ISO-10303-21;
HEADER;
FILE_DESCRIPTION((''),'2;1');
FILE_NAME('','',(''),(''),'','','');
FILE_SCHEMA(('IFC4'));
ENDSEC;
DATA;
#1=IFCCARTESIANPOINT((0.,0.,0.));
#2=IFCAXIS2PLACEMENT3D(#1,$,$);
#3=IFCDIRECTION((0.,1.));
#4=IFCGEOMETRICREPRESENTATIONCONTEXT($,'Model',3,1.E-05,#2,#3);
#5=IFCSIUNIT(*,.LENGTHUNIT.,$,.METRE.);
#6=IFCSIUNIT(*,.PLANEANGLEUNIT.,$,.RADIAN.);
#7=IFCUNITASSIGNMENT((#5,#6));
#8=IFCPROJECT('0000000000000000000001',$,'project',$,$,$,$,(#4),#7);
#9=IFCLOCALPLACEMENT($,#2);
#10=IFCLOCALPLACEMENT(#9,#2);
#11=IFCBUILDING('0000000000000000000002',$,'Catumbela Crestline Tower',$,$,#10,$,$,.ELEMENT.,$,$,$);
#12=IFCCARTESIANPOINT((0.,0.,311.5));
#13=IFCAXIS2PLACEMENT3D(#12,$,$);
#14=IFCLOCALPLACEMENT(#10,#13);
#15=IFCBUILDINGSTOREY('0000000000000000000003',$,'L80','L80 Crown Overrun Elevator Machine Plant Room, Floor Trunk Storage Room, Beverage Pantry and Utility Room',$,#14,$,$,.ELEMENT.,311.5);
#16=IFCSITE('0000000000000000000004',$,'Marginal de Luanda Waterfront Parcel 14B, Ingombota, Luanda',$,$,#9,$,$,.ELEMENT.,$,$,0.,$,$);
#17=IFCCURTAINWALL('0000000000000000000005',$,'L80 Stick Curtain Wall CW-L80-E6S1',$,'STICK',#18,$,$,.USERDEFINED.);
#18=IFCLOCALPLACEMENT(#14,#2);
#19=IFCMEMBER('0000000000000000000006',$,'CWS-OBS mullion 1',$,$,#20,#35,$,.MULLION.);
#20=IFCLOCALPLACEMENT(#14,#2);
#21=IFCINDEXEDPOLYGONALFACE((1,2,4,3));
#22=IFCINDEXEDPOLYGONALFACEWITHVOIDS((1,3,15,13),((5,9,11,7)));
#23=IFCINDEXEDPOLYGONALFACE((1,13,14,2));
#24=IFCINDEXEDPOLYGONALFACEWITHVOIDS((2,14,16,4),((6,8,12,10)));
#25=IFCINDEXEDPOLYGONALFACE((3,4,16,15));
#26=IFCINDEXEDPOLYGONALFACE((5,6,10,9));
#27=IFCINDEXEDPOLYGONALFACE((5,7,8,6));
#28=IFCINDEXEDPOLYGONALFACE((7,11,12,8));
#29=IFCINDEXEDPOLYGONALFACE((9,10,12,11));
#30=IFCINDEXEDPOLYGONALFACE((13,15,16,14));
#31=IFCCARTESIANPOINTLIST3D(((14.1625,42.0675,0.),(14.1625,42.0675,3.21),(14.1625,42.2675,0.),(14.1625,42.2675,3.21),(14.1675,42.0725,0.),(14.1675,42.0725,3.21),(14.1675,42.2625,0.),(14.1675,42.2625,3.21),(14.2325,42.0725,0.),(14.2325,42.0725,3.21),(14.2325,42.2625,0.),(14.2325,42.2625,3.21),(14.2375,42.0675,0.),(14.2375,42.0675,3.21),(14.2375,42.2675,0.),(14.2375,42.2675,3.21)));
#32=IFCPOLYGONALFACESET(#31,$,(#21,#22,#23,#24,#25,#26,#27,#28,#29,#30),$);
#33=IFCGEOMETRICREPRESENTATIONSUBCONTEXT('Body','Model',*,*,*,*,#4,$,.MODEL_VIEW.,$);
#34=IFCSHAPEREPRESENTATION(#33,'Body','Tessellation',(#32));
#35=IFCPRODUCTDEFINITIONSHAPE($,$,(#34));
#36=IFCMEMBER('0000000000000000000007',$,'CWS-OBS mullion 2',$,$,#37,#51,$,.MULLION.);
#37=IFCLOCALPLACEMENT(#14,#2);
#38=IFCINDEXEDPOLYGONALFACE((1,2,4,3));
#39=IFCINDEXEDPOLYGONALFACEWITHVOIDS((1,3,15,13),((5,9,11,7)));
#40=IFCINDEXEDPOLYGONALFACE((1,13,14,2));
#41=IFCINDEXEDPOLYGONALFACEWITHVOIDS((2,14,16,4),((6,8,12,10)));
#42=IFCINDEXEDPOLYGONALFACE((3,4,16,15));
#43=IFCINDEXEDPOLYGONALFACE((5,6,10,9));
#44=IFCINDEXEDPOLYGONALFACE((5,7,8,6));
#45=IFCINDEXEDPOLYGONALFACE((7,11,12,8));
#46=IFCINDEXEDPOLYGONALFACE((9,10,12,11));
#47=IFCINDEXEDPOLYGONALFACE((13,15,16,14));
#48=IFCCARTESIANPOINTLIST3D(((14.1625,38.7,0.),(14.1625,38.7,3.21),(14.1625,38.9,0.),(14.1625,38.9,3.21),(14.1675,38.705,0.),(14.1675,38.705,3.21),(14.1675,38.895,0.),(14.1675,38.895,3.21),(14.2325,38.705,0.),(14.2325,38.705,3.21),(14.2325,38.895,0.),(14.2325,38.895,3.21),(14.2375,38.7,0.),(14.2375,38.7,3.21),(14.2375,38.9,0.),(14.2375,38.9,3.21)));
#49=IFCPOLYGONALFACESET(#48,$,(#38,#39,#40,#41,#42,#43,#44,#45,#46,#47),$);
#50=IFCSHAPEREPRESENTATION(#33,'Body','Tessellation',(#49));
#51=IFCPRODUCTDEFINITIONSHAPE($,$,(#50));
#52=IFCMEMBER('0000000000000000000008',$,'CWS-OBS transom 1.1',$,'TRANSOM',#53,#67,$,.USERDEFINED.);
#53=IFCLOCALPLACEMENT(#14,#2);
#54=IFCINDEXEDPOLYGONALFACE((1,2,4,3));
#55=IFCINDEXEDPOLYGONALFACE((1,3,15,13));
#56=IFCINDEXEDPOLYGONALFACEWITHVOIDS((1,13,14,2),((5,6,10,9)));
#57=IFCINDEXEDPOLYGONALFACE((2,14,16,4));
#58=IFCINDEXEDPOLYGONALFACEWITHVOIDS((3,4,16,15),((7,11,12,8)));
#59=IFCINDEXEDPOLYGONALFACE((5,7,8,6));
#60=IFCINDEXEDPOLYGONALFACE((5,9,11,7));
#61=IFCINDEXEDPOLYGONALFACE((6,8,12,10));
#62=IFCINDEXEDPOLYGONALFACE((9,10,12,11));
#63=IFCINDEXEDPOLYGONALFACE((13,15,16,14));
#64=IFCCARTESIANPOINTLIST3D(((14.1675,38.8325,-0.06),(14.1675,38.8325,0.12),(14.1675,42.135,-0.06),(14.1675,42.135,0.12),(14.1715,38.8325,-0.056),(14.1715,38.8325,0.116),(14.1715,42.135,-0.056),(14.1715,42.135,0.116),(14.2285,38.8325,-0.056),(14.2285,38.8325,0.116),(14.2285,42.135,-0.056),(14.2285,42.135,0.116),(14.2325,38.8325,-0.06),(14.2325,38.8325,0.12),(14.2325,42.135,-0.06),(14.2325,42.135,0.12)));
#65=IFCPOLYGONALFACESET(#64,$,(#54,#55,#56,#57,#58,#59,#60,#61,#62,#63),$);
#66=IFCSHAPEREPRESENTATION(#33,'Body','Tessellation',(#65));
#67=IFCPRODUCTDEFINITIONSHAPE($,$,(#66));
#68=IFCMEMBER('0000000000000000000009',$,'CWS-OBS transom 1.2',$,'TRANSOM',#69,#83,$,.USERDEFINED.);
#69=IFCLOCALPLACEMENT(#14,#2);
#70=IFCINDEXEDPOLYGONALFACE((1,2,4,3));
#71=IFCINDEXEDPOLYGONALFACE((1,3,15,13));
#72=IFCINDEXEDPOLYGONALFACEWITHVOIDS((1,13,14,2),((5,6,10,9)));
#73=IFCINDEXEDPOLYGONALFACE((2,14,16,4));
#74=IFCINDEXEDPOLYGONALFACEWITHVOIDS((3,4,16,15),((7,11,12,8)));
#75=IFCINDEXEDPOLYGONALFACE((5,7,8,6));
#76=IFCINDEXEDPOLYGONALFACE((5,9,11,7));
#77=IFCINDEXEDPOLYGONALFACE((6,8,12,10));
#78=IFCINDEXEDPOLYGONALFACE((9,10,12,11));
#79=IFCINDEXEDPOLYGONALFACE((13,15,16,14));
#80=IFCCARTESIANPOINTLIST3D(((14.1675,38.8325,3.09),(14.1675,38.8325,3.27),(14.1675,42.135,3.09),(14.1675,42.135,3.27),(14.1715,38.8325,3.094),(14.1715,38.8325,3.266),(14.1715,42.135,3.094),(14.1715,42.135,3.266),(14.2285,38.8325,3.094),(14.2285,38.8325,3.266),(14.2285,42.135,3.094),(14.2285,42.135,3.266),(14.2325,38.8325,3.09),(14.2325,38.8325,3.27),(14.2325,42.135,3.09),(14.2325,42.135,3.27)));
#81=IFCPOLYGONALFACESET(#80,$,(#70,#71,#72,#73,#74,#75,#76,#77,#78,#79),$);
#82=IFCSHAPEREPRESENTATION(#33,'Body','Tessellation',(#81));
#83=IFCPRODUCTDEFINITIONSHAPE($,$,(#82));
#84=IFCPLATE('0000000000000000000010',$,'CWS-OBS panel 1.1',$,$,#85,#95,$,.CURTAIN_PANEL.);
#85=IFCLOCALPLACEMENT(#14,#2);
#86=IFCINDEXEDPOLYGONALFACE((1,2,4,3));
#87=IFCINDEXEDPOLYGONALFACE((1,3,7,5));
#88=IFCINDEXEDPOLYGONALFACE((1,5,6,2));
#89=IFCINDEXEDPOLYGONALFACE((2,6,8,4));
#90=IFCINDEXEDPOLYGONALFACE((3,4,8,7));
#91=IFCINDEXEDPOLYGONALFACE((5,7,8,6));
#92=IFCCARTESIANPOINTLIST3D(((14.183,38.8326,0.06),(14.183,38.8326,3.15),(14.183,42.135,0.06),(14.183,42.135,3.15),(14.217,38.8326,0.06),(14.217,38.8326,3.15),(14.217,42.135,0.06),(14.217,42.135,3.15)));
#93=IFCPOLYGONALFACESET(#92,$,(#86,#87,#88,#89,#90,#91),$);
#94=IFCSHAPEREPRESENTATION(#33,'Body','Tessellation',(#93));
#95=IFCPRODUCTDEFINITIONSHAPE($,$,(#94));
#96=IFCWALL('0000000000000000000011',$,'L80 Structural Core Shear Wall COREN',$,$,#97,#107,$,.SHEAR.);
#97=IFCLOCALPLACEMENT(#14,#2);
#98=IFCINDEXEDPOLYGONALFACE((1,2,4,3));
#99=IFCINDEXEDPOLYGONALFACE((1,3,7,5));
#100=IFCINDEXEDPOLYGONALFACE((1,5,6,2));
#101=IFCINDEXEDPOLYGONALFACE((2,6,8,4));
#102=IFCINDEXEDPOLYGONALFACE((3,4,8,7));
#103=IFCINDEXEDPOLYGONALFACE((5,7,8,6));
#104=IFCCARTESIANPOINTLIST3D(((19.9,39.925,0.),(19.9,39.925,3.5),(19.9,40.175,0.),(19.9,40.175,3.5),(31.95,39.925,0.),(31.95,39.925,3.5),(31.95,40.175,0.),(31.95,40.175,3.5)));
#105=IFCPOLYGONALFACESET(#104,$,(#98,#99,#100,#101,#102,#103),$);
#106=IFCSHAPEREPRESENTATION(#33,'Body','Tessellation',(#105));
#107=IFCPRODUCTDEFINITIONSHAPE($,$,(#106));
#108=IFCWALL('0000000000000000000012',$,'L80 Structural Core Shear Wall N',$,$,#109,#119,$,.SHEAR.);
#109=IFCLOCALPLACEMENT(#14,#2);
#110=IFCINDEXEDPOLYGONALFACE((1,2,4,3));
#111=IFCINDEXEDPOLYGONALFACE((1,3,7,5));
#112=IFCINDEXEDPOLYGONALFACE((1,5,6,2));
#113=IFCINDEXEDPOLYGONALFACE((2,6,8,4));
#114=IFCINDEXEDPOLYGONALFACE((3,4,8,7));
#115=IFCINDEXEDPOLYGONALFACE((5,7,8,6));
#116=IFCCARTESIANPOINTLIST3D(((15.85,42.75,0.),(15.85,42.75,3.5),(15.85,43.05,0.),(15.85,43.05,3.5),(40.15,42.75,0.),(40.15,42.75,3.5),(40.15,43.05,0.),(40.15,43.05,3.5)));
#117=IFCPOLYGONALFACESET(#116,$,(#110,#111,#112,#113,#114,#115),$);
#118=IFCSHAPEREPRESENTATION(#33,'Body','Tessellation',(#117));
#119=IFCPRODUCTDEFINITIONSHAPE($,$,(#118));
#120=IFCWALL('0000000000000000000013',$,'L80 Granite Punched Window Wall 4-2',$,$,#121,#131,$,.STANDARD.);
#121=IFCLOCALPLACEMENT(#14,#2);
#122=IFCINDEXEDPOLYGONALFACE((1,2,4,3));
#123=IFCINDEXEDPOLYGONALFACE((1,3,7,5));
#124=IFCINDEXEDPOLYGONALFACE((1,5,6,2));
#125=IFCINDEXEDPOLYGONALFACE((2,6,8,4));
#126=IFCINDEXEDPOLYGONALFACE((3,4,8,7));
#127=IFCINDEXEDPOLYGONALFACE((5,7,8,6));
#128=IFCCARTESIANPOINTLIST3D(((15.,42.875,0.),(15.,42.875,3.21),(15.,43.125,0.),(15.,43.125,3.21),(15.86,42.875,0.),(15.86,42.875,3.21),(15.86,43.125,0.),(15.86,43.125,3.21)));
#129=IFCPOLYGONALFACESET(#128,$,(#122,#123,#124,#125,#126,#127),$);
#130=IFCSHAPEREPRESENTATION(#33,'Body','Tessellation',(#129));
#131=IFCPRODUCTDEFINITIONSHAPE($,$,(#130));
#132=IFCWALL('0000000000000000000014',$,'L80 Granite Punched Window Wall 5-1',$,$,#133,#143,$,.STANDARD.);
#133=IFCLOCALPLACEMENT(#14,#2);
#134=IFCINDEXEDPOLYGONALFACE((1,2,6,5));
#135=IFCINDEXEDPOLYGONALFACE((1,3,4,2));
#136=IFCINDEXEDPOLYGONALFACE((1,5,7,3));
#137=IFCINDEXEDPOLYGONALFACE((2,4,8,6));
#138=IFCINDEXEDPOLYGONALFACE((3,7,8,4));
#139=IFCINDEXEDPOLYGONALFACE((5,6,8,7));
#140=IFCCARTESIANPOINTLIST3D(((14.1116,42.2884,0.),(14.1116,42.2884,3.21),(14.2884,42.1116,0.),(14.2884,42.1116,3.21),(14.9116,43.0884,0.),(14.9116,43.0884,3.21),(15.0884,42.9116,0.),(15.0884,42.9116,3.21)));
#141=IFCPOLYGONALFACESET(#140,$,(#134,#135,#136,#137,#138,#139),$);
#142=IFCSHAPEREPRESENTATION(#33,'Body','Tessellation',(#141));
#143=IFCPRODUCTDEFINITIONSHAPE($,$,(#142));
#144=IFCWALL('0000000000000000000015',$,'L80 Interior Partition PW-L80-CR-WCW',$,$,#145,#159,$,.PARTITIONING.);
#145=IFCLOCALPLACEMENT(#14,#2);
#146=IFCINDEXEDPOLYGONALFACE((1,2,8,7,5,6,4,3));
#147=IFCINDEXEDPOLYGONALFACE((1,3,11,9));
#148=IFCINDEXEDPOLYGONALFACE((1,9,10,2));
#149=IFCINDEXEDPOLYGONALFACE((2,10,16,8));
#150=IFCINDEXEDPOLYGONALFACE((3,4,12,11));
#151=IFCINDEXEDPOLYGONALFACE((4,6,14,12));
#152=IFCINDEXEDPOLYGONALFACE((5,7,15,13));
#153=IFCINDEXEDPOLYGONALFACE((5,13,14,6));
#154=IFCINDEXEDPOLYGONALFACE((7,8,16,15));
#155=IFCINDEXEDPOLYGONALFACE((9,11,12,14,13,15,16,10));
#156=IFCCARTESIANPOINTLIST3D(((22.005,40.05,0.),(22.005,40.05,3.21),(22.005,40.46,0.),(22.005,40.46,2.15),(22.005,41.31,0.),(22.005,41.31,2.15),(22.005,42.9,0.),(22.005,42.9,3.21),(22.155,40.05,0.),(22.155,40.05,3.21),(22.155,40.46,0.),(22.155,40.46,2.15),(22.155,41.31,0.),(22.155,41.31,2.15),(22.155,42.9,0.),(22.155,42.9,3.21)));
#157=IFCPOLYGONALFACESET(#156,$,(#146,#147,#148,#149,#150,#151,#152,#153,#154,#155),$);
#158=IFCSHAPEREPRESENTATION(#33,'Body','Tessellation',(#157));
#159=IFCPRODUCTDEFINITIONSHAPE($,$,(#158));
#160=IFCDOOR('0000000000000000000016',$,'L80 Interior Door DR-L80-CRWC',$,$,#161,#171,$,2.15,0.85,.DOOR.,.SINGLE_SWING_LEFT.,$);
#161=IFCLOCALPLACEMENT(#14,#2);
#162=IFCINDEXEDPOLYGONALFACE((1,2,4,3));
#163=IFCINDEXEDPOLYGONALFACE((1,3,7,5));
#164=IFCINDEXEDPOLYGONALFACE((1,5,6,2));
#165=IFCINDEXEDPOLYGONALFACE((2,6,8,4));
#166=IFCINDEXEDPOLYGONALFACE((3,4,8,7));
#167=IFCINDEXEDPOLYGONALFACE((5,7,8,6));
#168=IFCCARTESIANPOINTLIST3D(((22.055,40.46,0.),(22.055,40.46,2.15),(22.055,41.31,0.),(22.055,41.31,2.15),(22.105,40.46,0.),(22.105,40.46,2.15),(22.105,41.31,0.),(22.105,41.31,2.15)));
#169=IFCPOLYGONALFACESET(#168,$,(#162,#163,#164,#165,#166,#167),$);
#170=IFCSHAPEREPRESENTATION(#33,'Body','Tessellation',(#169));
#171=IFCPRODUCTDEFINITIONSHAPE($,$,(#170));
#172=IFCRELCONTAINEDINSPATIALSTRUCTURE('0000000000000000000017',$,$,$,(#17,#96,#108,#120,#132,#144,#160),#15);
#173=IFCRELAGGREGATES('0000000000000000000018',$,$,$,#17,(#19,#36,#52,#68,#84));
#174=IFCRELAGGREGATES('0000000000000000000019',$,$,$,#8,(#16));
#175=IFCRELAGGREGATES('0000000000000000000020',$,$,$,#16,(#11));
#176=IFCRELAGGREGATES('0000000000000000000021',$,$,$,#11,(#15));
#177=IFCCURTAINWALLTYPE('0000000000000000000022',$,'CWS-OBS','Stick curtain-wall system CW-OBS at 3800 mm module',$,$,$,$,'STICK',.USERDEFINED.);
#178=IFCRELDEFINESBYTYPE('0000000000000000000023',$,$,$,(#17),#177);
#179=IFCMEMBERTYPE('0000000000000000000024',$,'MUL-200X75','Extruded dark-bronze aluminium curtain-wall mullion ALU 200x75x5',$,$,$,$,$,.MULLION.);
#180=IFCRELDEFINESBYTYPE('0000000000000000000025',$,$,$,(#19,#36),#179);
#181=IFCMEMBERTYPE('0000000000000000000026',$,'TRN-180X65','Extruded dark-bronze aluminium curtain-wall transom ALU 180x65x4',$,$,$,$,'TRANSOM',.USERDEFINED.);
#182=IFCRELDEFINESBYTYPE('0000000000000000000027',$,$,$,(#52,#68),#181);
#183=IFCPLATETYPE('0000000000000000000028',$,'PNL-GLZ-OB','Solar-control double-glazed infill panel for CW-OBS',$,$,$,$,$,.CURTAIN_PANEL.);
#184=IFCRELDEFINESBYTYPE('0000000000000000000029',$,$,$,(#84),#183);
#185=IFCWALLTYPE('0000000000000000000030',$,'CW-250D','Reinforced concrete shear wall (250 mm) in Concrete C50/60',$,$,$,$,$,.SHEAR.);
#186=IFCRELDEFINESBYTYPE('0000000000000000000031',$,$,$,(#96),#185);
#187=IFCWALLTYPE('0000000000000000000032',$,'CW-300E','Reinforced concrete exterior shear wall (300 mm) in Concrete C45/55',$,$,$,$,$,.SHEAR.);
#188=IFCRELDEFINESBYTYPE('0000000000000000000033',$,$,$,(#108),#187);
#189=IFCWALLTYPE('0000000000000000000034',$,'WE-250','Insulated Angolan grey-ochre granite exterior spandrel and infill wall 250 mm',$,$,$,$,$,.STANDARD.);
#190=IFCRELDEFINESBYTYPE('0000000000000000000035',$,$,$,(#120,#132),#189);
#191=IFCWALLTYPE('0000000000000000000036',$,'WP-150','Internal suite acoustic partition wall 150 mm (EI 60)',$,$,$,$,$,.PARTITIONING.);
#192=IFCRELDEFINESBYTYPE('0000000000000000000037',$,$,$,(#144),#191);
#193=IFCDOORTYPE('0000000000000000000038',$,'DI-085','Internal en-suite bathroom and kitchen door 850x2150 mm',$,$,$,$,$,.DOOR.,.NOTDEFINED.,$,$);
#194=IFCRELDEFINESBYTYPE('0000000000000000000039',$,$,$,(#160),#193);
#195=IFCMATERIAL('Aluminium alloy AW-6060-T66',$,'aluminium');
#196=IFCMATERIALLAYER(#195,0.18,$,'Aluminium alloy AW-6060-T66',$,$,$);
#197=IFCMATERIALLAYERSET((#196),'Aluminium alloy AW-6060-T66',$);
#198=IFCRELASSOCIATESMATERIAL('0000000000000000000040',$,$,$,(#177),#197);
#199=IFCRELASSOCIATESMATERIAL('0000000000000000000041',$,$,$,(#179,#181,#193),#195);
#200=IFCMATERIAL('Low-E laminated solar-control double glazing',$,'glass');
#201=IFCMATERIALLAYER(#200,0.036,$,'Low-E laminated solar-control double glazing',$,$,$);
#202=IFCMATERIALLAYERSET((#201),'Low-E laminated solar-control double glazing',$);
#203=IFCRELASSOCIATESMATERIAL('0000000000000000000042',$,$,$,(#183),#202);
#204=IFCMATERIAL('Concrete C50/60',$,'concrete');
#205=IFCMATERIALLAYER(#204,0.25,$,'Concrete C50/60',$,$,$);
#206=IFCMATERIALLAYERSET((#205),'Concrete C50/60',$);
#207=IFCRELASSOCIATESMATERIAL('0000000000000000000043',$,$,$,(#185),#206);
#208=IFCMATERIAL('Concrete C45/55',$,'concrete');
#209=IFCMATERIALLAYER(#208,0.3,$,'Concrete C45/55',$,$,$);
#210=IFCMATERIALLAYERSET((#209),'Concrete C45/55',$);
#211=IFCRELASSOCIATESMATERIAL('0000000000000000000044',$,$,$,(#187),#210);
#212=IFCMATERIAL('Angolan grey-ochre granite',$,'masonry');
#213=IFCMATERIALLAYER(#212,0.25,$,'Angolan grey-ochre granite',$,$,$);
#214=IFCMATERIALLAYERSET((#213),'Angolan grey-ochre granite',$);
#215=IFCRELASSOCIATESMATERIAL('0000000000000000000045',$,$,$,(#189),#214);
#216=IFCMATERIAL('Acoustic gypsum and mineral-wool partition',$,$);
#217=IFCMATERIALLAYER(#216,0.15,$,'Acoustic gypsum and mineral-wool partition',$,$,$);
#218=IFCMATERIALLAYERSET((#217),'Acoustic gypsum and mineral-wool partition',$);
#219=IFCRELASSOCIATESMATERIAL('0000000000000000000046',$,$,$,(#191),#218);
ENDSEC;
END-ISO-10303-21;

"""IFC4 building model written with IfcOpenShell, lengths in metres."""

from ifc_helpers import new_model, si_unit, direction, frame, frame_2d, origin, origin_2d, place, context, subcontext, project, spatial, rectangle, hollow_rectangle, extrude, material, layer, layer_set, material_profile, profile_set, type_object, element, fill, aggregate, save


model = new_model("IFC4")

# Units and contexts
model_context = context("Model", 3, precision=1e-05, world=origin(), true_north=direction((0.0, 1.0)))
body_context = subcontext(model_context, "Body", "Model", "MODEL_VIEW")
ifc_project = project(units=[si_unit("LENGTHUNIT", "METRE"), si_unit("PLANEANGLEUNIT", "RADIAN")], contexts=[model_context])

# Site, building, storey
site_placement = place(None, origin())
site = spatial("IfcSite", under=ifc_project, at=site_placement, Name="Marginal de Luanda Waterfront Parcel 14B, Ingombota, Luanda", CompositionType="ELEMENT", RefElevation=0.0)
building_placement = place(site_placement, origin())
building = spatial("IfcBuilding", under=site, at=building_placement, Name="Catumbela Crestline Tower", CompositionType="ELEMENT")
storey_placement = place(building_placement, frame((0.0, 0.0, 311.5)))
storey = spatial("IfcBuildingStorey", under=building, at=storey_placement, Name="L80", Description="L80 Crown Overrun Elevator Machine Plant Room, Floor Trunk Storage Room, Beverage Pantry and Utility Room", CompositionType="ELEMENT", Elevation=311.5)

# Curtain wall, members, plate
ifc_material_1 = material(Name="Aluminium alloy AW-6060-T66", Category="aluminium")
ifc_layer_1 = layer(ifc_material_1, 0.18, Name="Aluminium alloy AW-6060-T66")
ifc_layer_set_1 = layer_set([ifc_layer_1], Name="Aluminium alloy AW-6060-T66")
curtain_wall_type = type_object("IfcCurtainWallType", Name="CWS-OBS", Description="Stick curtain-wall system CW-OBS at 3800 mm module", ElementType="STICK", PredefinedType="USERDEFINED", material=ifc_layer_set_1)
curtain_wall_placement = place(storey_placement, origin())
curtain_wall = element("IfcCurtainWall", 1, at=curtain_wall_placement, inside=storey, type_object=curtain_wall_type, Name="L80 Stick Curtain Wall CW-L80-E6S1", ObjectType="STICK", PredefinedType="USERDEFINED")
ifc_material_profile_1 = material_profile(ifc_material_1, hollow_rectangle(XDim=0.075, YDim=0.2, WallThickness=0.005, at=origin_2d()), Name="ALU 200x75x5")
ifc_profile_set_1 = profile_set([ifc_material_profile_1], Name="Aluminium alloy AW-6060-T66")
member_type_1 = type_object("IfcMemberType", Name="MUL-200X75", Description="Extruded dark-bronze aluminium curtain-wall mullion ALU 200x75x5", PredefinedType="MULLION", material=ifc_profile_set_1)
member_1_placement = place(storey_placement, frame((14.2, 42.1675, 0.0), z_axis=(0.0, 0.0, 1.0), x_axis=(1.0, 0.0, 0.0)))
member_1 = element("IfcMember", 2, at=member_1_placement, type_object=member_type_1, Name="CWS-OBS mullion 1", PredefinedType="MULLION", context=body_context, shape_type="SweptSolid", body=[
    extrude(hollow_rectangle(XDim=0.075, YDim=0.2, WallThickness=0.005, at=origin_2d()), origin(), (0.0, 0.0, 1.0), 3.21),
])
member_2_placement = place(storey_placement, frame((14.2, 38.8, 0.0), z_axis=(0.0, 0.0, 1.0), x_axis=(1.0, 0.0, 0.0)))
member_2 = element("IfcMember", 3, at=member_2_placement, type_object=member_type_1, Name="CWS-OBS mullion 2", PredefinedType="MULLION", context=body_context, shape_type="SweptSolid", body=[
    extrude(hollow_rectangle(XDim=0.075, YDim=0.2, WallThickness=0.005, at=origin_2d()), origin(), (0.0, 0.0, 1.0), 3.21),
])
ifc_material_profile_2 = material_profile(ifc_material_1, hollow_rectangle(XDim=0.065, YDim=0.18, WallThickness=0.004, at=origin_2d()), Name="ALU 180x65x4")
ifc_profile_set_2 = profile_set([ifc_material_profile_2], Name="Aluminium alloy AW-6060-T66")
member_type_2 = type_object("IfcMemberType", Name="TRN-180X65", Description="Extruded dark-bronze aluminium curtain-wall transom ALU 180x65x4", ElementType="TRANSOM", PredefinedType="USERDEFINED", material=ifc_profile_set_2)
member_3_placement = place(storey_placement, frame((14.2, 42.135, 0.03), z_axis=(0.0, -1.0, 0.0), x_axis=(1.0, 0.0, 0.0)))
member_3 = element("IfcMember", 4, at=member_3_placement, type_object=member_type_2, Name="CWS-OBS transom 1.1", ObjectType="TRANSOM", PredefinedType="USERDEFINED", context=body_context, shape_type="SweptSolid", body=[
    extrude(hollow_rectangle(XDim=0.065, YDim=0.18, WallThickness=0.004, at=origin_2d()), origin(), (0.0, 0.0, 1.0), 3.3025),
])
member_4_placement = place(storey_placement, frame((14.2, 42.135, 3.18), z_axis=(0.0, -1.0, 0.0), x_axis=(1.0, 0.0, 0.0)))
member_4 = element("IfcMember", 5, at=member_4_placement, type_object=member_type_2, Name="CWS-OBS transom 1.2", ObjectType="TRANSOM", PredefinedType="USERDEFINED", context=body_context, shape_type="SweptSolid", body=[
    extrude(hollow_rectangle(XDim=0.065, YDim=0.18, WallThickness=0.004, at=origin_2d()), origin(), (0.0, 0.0, 1.0), 3.3025),
])
ifc_material_2 = material(Name="Low-E laminated solar-control double glazing", Category="glass")
ifc_layer_2 = layer(ifc_material_2, 0.036, Name="Low-E laminated solar-control double glazing")
ifc_layer_set_2 = layer_set([ifc_layer_2], Name="Low-E laminated solar-control double glazing")
plate_type = type_object("IfcPlateType", Name="PNL-GLZ-OB", Description="Solar-control double-glazed infill panel for CW-OBS", PredefinedType="CURTAIN_PANEL", material=ifc_layer_set_2)
plate_placement = place(storey_placement, frame((14.2, 40.4838, 0.06), z_axis=(0.0, 0.0, 1.0), x_axis=(0.0, -1.0, 0.0)))
plate = element("IfcPlate", 6, at=plate_placement, type_object=plate_type, Name="CWS-OBS panel 1.1", PredefinedType="CURTAIN_PANEL", context=body_context, shape_type="SweptSolid", body=[
    extrude(rectangle(XDim=3.3025, YDim=0.034, at=origin_2d()), origin(), (0.0, 0.0, 1.0), 3.09),
])
aggregate(curtain_wall, [member_1, member_2, member_3, member_4, plate])

# Walls
ifc_material_3 = material(Name="Concrete C50/60", Category="concrete")
ifc_layer_3 = layer(ifc_material_3, 0.25, Name="Concrete C50/60")
ifc_layer_set_3 = layer_set([ifc_layer_3], Name="Concrete C50/60")
wall_type_1 = type_object("IfcWallType", Name="CW-250D", Description="Reinforced concrete shear wall (250 mm) in Concrete C50/60", PredefinedType="SHEAR", material=ifc_layer_set_3)
wall_1_placement = place(storey_placement, frame((19.9, 40.05, 0.0), z_axis=(0.0, 0.0, 1.0), x_axis=(1.0, 0.0, 0.0)))
element("IfcWall", 7, at=wall_1_placement, inside=storey, type_object=wall_type_1, Name="L80 Structural Core Shear Wall COREN", PredefinedType="SHEAR", context=body_context, shape_type="SweptSolid", body=[
    extrude(rectangle(XDim=12.05, YDim=0.25, at=frame_2d((6.025, 0.0))), origin(), (0.0, 0.0, 1.0), 3.5),
])
ifc_material_4 = material(Name="Concrete C45/55", Category="concrete")
ifc_layer_4 = layer(ifc_material_4, 0.3, Name="Concrete C45/55")
ifc_layer_set_4 = layer_set([ifc_layer_4], Name="Concrete C45/55")
wall_type_2 = type_object("IfcWallType", Name="CW-300E", Description="Reinforced concrete exterior shear wall (300 mm) in Concrete C45/55", PredefinedType="SHEAR", material=ifc_layer_set_4)
wall_2_placement = place(storey_placement, frame((15.85, 42.9, 0.0), z_axis=(0.0, 0.0, 1.0), x_axis=(1.0, 0.0, 0.0)))
element("IfcWall", 8, at=wall_2_placement, inside=storey, type_object=wall_type_2, Name="L80 Structural Core Shear Wall N", PredefinedType="SHEAR", context=body_context, shape_type="SweptSolid", body=[
    extrude(rectangle(XDim=24.3, YDim=0.3, at=frame_2d((12.15, 0.0))), origin(), (0.0, 0.0, 1.0), 3.5),
])
ifc_material_5 = material(Name="Angolan grey-ochre granite", Category="masonry")
ifc_layer_5 = layer(ifc_material_5, 0.25, Name="Angolan grey-ochre granite")
ifc_layer_set_5 = layer_set([ifc_layer_5], Name="Angolan grey-ochre granite")
wall_type_3 = type_object("IfcWallType", Name="WE-250", Description="Insulated Angolan grey-ochre granite exterior spandrel and infill wall 250 mm", PredefinedType="STANDARD", material=ifc_layer_set_5)
wall_3_placement = place(storey_placement, frame((15.86, 43.0, 0.0), z_axis=(0.0, 0.0, 1.0), x_axis=(-1.0, 0.0, 0.0)))
element("IfcWall", 9, at=wall_3_placement, inside=storey, type_object=wall_type_3, Name="L80 Granite Punched Window Wall 4-2", PredefinedType="STANDARD", context=body_context, shape_type="SweptSolid", body=[
    extrude(rectangle(XDim=0.86, YDim=0.25, at=frame_2d((0.43, 0.0))), origin(), (0.0, 0.0, 1.0), 3.21),
])
wall_4_placement = place(storey_placement, frame((15.0, 43.0, 0.0), z_axis=(0.0, 0.0, 1.0), x_axis=(-0.707107, -0.707107, 0.0)))
element("IfcWall", 10, at=wall_4_placement, inside=storey, type_object=wall_type_3, Name="L80 Granite Punched Window Wall 5-1", PredefinedType="STANDARD", context=body_context, shape_type="SweptSolid", body=[
    extrude(rectangle(XDim=1.1314, YDim=0.25, at=frame_2d((0.5657, 0.0))), origin(), (0.0, 0.0, 1.0), 3.21),
])

# Wall, opening, door
ifc_material_6 = material(Name="Acoustic gypsum and mineral-wool partition")
ifc_layer_6 = layer(ifc_material_6, 0.15, Name="Acoustic gypsum and mineral-wool partition")
ifc_layer_set_6 = layer_set([ifc_layer_6], Name="Acoustic gypsum and mineral-wool partition")
wall_type_4 = type_object("IfcWallType", Name="WP-150", Description="Internal suite acoustic partition wall 150 mm (EI 60)", PredefinedType="PARTITIONING", material=ifc_layer_set_6)
wall_5_placement = place(storey_placement, frame((22.08, 40.05, 0.0), z_axis=(0.0, 0.0, 1.0), x_axis=(0.0, 1.0, 0.0)))
wall_5 = element("IfcWall", 11, at=wall_5_placement, inside=storey, type_object=wall_type_4, Name="L80 Interior Partition PW-L80-CR-WCW", PredefinedType="PARTITIONING", context=body_context, shape_type="SweptSolid", body=[
    extrude(rectangle(XDim=2.85, YDim=0.15, at=frame_2d((1.425, 0.0))), origin(), (0.0, 0.0, 1.0), 3.21),
])
opening_1_placement = place(wall_5_placement, frame((0.41, 0.0, 0.0)))
opening_1 = element("IfcOpeningElement", 12, at=opening_1_placement, cuts=wall_5, PredefinedType="OPENING", context=body_context, shape_type="SweptSolid", body=[
    extrude(rectangle(XDim=0.85, YDim=2.15, at=frame_2d((0.425, 1.075))), frame((0.0, 0.085, 0.0), z_axis=(0.0, -1.0, 0.0), x_axis=(1.0, 0.0, 0.0)), (0.0, 0.0, 1.0), 0.17),
])
door_type_1 = type_object("IfcDoorType", Name="DI-085", Description="Internal en-suite bathroom and kitchen door 850x2150 mm", OperationType="NOTDEFINED", PredefinedType="DOOR", material=ifc_material_1)
door_1_placement = place(opening_1_placement, origin())
door_1 = element("IfcDoor", 13, at=door_1_placement, inside=storey, type_object=door_type_1, Name="L80 Interior Door DR-L80-CRWC", OperationType="SINGLE_SWING_LEFT", OverallHeight=2.15, OverallWidth=0.85, PredefinedType="DOOR", context=body_context, shape_type="SweptSolid", body=[
    extrude(rectangle(XDim=0.85, YDim=2.15, at=frame_2d((0.425, 1.075))), frame((0.0, 0.025, 0.0), z_axis=(0.0, -1.0, 0.0), x_axis=(1.0, 0.0, 0.0)), (0.0, 0.0, 1.0), 0.05),
])
fill(opening_1, door_1)

save(model, "model.ifc")
